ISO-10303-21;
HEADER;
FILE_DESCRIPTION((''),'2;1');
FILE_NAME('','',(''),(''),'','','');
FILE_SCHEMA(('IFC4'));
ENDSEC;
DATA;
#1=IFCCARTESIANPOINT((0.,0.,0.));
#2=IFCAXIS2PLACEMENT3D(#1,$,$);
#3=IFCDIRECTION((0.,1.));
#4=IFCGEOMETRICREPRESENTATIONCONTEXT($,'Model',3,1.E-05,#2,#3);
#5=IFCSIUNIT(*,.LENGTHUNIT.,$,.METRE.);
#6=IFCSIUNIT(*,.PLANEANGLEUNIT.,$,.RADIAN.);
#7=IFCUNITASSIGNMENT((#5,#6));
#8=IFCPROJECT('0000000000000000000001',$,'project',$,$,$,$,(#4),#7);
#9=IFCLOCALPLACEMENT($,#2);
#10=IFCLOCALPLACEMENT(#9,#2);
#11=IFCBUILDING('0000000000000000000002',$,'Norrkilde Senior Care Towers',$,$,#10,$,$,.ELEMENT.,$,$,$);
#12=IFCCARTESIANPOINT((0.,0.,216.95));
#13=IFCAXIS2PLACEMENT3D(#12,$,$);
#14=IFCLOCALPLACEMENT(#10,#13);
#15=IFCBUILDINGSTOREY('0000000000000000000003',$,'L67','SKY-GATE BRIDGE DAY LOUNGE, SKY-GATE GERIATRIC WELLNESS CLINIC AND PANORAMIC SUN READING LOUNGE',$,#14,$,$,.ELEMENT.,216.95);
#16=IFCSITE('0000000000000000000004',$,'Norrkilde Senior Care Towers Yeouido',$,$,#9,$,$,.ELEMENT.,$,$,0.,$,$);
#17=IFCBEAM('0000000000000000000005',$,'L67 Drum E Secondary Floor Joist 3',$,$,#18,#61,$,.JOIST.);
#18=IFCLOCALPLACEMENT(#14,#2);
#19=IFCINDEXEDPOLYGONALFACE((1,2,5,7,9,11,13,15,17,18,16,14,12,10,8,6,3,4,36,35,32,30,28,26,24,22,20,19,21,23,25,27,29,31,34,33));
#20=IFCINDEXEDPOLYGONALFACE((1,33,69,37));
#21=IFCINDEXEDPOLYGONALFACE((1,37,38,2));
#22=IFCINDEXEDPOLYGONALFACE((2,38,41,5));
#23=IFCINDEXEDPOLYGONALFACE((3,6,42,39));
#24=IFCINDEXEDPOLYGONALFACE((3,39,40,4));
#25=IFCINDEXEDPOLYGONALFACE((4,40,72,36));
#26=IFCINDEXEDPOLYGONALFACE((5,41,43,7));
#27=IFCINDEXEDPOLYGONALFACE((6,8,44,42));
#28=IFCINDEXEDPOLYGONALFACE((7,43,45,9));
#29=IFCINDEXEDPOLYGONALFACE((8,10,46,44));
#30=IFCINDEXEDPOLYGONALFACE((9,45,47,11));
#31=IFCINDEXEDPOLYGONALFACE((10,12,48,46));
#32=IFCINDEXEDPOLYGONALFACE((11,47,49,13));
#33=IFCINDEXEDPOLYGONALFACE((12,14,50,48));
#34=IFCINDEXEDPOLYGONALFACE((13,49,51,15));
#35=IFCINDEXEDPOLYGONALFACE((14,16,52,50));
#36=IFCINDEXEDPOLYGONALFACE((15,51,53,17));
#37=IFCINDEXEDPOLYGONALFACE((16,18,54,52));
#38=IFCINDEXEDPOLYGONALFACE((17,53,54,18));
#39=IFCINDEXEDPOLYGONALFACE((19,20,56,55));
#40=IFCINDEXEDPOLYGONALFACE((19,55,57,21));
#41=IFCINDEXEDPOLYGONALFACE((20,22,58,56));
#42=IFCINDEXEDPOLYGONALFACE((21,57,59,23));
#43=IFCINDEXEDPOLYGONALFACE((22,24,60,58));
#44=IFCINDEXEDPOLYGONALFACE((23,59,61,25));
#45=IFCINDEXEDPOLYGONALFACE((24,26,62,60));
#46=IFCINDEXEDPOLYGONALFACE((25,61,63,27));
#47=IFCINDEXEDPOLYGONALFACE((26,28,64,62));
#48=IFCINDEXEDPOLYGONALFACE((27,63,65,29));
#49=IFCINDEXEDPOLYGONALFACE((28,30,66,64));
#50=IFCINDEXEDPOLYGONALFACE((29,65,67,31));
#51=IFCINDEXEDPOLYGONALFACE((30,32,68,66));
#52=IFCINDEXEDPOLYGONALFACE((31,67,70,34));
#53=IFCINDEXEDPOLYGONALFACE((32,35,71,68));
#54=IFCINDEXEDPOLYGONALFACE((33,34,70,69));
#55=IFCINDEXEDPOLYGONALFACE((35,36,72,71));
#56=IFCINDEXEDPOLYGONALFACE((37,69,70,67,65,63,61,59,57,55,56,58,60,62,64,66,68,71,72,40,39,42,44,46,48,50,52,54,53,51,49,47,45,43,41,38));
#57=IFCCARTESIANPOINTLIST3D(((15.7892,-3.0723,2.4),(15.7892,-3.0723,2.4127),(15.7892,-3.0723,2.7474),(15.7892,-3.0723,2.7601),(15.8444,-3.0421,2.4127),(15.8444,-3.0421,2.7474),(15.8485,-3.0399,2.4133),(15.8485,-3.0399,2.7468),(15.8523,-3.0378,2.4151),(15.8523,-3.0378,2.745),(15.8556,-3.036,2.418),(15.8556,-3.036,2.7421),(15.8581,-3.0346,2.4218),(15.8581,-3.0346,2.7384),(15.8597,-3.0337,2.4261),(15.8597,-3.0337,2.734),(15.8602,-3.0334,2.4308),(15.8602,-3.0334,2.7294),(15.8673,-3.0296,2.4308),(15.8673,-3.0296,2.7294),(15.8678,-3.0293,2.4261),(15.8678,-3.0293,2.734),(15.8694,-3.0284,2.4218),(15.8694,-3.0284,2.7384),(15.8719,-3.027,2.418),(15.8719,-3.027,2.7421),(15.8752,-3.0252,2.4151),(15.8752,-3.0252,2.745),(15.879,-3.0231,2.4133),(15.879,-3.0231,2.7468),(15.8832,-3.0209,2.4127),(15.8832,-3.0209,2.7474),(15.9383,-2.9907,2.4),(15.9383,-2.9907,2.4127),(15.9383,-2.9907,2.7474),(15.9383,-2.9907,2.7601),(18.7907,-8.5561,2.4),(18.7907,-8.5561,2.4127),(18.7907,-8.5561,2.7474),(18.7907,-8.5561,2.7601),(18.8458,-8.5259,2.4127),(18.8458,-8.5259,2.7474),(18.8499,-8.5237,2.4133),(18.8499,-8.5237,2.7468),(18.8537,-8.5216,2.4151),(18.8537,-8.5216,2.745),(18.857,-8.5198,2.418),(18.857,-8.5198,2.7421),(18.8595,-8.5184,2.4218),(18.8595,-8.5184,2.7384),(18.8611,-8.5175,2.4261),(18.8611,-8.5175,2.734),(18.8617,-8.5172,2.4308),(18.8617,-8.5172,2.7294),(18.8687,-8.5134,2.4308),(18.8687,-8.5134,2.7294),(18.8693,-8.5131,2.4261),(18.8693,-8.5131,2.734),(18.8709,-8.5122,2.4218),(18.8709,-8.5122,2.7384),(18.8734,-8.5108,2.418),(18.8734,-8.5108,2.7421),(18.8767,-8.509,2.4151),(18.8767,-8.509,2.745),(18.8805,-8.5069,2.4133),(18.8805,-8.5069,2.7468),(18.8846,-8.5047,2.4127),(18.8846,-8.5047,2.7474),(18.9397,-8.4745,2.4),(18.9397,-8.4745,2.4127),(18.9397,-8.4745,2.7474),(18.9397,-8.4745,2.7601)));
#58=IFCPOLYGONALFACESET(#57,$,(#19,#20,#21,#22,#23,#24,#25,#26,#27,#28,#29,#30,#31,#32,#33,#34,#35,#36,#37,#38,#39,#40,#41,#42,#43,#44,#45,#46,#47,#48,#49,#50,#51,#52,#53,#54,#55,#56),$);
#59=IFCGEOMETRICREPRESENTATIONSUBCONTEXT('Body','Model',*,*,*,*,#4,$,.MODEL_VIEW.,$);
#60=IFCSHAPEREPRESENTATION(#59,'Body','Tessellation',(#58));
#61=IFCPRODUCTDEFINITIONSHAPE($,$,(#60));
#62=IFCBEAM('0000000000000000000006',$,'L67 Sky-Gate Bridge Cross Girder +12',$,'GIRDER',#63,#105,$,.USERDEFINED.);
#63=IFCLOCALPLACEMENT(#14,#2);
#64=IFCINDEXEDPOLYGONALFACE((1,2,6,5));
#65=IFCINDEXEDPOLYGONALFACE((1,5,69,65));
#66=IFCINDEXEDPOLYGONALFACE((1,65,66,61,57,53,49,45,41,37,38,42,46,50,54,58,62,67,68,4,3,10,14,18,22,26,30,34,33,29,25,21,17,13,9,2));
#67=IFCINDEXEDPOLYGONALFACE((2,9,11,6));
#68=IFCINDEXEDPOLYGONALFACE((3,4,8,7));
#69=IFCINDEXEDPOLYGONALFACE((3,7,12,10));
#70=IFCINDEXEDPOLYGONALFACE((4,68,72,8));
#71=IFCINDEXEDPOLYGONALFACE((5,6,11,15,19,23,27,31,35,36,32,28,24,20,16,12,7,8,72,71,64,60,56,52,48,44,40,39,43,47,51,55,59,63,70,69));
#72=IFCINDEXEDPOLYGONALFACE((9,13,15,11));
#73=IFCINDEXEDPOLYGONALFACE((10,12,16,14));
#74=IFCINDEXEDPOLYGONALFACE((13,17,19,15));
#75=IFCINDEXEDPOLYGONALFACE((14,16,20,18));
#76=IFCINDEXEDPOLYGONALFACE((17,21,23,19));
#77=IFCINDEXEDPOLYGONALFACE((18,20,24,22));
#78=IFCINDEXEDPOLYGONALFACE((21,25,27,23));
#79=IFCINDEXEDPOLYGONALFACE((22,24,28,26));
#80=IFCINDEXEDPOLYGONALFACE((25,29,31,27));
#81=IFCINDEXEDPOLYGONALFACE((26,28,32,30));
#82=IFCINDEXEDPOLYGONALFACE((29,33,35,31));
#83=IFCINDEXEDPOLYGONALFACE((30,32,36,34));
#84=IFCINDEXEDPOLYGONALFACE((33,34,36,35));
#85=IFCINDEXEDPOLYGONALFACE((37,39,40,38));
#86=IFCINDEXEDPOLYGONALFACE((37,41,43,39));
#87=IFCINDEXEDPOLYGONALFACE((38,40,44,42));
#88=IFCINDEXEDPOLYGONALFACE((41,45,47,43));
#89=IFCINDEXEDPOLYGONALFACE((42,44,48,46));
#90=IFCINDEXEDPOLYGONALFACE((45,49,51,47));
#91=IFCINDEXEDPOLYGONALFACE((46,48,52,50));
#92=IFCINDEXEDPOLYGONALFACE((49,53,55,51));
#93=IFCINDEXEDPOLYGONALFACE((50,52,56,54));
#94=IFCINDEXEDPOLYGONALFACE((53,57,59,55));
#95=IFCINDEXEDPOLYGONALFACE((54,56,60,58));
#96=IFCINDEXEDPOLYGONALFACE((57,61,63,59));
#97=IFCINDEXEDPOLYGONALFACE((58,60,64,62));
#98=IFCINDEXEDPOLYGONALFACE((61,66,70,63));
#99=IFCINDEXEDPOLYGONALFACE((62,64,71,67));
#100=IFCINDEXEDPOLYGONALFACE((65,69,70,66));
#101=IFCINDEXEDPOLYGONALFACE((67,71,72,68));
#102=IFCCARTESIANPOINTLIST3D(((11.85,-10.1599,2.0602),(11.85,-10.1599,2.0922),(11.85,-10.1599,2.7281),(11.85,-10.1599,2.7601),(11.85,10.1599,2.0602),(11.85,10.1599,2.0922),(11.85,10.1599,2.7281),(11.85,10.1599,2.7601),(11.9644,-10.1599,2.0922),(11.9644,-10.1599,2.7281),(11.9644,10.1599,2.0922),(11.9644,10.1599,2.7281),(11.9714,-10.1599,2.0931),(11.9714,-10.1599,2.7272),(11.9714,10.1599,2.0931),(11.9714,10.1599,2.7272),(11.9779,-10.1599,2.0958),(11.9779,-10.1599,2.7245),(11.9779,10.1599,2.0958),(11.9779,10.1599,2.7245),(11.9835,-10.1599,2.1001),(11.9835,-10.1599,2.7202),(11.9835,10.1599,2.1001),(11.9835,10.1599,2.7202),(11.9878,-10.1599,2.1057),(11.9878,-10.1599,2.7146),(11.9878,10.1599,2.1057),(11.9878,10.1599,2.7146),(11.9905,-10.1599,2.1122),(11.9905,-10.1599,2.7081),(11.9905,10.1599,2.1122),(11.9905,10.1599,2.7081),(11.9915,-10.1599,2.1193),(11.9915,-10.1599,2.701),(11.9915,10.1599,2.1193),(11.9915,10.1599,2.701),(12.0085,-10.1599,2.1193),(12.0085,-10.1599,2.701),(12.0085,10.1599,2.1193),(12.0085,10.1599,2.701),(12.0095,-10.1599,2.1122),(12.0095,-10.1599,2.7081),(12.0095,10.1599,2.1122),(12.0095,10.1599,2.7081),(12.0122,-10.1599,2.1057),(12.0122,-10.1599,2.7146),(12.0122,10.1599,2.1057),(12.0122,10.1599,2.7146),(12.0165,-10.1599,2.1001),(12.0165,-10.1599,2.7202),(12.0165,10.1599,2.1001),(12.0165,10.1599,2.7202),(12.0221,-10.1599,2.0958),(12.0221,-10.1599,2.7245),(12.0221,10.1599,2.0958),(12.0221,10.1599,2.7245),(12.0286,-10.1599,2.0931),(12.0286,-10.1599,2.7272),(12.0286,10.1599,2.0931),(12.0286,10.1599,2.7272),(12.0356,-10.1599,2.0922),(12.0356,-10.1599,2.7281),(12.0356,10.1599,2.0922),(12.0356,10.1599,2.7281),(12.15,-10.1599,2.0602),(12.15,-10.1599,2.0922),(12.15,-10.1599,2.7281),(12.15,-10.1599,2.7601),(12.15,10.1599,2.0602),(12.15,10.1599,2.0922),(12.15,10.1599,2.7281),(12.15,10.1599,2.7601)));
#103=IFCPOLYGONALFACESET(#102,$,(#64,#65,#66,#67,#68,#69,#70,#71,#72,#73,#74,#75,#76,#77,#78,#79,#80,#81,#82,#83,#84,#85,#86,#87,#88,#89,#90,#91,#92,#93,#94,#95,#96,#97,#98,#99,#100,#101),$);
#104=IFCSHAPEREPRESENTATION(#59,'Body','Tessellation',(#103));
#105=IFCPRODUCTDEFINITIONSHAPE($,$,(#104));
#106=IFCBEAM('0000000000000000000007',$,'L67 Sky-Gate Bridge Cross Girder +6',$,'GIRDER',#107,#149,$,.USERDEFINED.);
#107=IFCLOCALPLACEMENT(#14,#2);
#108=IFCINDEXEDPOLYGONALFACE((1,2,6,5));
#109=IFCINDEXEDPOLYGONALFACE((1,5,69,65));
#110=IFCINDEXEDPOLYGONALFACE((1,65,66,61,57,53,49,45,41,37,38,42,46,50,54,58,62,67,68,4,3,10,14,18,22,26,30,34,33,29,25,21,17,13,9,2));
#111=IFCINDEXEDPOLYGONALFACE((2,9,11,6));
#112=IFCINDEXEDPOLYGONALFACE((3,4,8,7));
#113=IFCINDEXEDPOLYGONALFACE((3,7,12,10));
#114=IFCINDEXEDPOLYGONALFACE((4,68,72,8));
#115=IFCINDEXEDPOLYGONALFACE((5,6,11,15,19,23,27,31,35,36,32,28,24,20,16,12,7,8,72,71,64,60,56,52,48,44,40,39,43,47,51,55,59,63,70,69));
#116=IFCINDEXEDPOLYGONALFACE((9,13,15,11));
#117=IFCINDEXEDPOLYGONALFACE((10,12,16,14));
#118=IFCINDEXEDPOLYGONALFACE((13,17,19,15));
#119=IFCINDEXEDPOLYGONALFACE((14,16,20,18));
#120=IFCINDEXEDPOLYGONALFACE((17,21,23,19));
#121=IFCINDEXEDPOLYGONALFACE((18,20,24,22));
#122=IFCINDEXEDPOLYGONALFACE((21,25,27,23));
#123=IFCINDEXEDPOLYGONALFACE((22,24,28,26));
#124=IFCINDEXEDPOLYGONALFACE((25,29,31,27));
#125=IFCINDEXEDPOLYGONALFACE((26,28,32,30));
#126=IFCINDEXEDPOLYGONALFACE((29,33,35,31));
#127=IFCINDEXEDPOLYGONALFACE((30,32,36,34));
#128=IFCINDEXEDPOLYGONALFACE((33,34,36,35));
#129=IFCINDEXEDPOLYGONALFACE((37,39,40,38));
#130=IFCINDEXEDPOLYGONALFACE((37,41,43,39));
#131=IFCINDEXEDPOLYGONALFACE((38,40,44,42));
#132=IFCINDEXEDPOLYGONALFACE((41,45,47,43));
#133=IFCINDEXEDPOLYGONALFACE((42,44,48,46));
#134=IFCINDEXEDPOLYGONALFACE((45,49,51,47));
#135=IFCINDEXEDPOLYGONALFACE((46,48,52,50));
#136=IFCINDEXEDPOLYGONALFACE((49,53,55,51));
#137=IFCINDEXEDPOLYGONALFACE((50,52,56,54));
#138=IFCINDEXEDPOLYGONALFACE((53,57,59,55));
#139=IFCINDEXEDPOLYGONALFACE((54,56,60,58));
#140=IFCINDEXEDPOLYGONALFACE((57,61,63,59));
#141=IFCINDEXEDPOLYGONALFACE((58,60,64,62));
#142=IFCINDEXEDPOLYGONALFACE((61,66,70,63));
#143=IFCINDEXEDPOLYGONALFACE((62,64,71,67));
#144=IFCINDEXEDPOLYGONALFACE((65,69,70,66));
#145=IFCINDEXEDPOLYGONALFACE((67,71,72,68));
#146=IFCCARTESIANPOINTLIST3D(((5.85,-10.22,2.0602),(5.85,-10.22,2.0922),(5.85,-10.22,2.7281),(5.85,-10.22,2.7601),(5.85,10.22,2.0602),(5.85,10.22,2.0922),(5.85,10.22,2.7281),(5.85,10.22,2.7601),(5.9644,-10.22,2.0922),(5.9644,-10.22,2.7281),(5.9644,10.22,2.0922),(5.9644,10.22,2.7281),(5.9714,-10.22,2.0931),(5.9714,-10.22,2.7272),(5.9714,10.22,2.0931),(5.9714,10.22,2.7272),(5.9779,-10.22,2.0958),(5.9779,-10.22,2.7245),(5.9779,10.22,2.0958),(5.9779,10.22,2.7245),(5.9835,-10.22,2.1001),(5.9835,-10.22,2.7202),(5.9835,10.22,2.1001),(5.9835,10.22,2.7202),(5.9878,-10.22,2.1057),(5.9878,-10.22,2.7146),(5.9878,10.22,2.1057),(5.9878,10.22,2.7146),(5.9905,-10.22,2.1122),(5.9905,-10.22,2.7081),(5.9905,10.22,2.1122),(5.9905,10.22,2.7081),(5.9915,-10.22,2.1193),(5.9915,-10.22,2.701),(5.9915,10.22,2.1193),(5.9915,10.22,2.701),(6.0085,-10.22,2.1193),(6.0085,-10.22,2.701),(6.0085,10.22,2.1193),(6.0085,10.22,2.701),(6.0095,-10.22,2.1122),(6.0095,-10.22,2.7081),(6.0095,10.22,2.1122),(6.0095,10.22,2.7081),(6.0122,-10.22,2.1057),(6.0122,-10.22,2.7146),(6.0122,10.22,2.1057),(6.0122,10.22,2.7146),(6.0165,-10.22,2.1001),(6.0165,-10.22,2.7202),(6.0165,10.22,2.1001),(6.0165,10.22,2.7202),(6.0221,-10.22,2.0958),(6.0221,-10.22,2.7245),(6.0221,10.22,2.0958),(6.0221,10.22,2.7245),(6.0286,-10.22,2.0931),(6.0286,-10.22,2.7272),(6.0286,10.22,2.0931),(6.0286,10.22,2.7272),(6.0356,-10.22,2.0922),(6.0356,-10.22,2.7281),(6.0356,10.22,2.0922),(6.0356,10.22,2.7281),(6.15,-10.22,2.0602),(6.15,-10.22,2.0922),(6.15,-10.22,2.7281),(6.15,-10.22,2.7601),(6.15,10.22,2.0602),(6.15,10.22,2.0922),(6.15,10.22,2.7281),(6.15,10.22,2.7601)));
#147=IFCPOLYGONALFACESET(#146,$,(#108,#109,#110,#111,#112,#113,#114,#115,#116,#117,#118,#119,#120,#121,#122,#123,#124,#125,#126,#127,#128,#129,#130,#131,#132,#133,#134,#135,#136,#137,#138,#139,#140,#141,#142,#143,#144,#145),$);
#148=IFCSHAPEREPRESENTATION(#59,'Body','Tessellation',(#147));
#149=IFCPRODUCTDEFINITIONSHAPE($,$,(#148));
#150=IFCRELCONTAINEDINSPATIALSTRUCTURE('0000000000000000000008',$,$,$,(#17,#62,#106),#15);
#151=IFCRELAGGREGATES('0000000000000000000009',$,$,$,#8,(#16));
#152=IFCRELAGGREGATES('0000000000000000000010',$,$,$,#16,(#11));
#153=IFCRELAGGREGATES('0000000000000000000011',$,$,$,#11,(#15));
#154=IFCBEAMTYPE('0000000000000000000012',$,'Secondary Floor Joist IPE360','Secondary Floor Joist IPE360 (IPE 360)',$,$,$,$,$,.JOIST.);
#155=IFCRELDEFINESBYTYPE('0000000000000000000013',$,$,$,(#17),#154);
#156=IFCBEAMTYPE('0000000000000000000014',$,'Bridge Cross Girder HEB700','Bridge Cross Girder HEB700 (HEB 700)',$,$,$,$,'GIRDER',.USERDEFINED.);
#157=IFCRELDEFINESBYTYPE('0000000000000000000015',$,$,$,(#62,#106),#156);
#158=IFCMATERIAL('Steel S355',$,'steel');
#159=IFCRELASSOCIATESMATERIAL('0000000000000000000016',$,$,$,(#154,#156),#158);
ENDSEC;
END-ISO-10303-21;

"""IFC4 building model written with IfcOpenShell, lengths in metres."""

from ifc_helpers import new_model, si_unit, direction, frame, origin, origin_2d, place, context, subcontext, project, spatial, i_section, extrude, source, transform, mapped, material, material_profile, profile_set, type_object, type_shapes, element, save


model = new_model("IFC4")

# Units and contexts
model_context = context("Model", 3, precision=1e-05, world=origin(), true_north=direction((0.0, 1.0)))
body_context = subcontext(model_context, "Body", "Model", "MODEL_VIEW")
ifc_project = project(units=[si_unit("LENGTHUNIT", "METRE"), si_unit("PLANEANGLEUNIT", "RADIAN")], contexts=[model_context])

# Site, building, storey
site_placement = place(None, origin())
site = spatial("IfcSite", under=ifc_project, at=site_placement, Name="Norrkilde Senior Care Towers Yeouido", CompositionType="ELEMENT", RefElevation=0.0)
building_placement = place(site_placement, origin())
building = spatial("IfcBuilding", under=site, at=building_placement, Name="Norrkilde Senior Care Towers", CompositionType="ELEMENT")
storey_placement = place(building_placement, frame((0.0, 0.0, 216.95)))
storey = spatial("IfcBuildingStorey", under=building, at=storey_placement, Name="L67", Description="SKY-GATE BRIDGE DAY LOUNGE, SKY-GATE GERIATRIC WELLNESS CLINIC AND PANORAMIC SUN READING LOUNGE", CompositionType="ELEMENT", Elevation=216.95)

# Shared definitions
ifc_material_1 = material(Name="Steel S355", Category="steel")

# Beams
ifc_material_profile_1 = material_profile(ifc_material_1, i_section(OverallWidth=0.1699, OverallDepth=0.3601, WebThickness=0.0081, FlangeThickness=0.0127, FilletRadius=0.0181, at=origin_2d()), Name="IPE 360")
ifc_profile_set_1 = profile_set([ifc_material_profile_1], Name="Steel S355")
beam_type_1 = type_object("IfcBeamType", Name="Secondary Floor Joist IPE360", Description="Secondary Floor Joist IPE360 (IPE 360)", PredefinedType="JOIST", material=ifc_profile_set_1)
shared_shape_1 = source(origin(), body_context, "Body", "SweptSolid", [
    extrude(i_section(OverallWidth=0.1699, OverallDepth=0.3601, WebThickness=0.0081, FlangeThickness=0.0127, FilletRadius=0.0181, at=origin_2d()), origin(), (0.0, 0.0, 1.0), 6.2515),
])
type_shapes(beam_type_1, [shared_shape_1])
beam_1_placement = place(storey_placement, frame((15.8638, -3.0315, 2.5801), z_axis=(0.480116, -0.877205, 0.0), x_axis=(0.877205, 0.480116, 0.0)))
element("IfcBeam", 1, at=beam_1_placement, inside=storey, type_object=beam_type_1, Name="L67 Drum E Secondary Floor Joist 3", PredefinedType="JOIST", context=body_context, shape_type="MappedRepresentation", body=[
    mapped(shared_shape_1, transform((0.0, 0.0, 0.0), x_axis=(1.0, 0.0, 0.0), y_axis=(0.0, 1.0, 0.0), z_axis=(0.0, 0.0, 1.0), scale=1.0)),
])
ifc_material_profile_2 = material_profile(ifc_material_1, i_section(OverallWidth=0.3, OverallDepth=0.7, WebThickness=0.0171, FlangeThickness=0.032, FilletRadius=0.0271, at=origin_2d()), Name="HEB 700")
ifc_profile_set_2 = profile_set([ifc_material_profile_2], Name="Steel S355")
beam_type_2 = type_object("IfcBeamType", Name="Bridge Cross Girder HEB700", Description="Bridge Cross Girder HEB700 (HEB 700)", ElementType="GIRDER", PredefinedType="USERDEFINED", material=ifc_profile_set_2)
shared_shape_2 = source(origin(), body_context, "Body", "SweptSolid", [
    extrude(i_section(OverallWidth=0.3, OverallDepth=0.7, WebThickness=0.0171, FlangeThickness=0.032, FilletRadius=0.0271, at=origin_2d()), origin(), (0.0, 0.0, 1.0), 20.3198),
])
beam_2_placement = place(storey_placement, frame((12.0, -10.1599, 2.4102), z_axis=(0.0, 1.0, 0.0), x_axis=(-1.0, 0.0, 0.0)))
element("IfcBeam", 2, at=beam_2_placement, inside=storey, type_object=beam_type_2, Name="L67 Sky-Gate Bridge Cross Girder +12", ObjectType="GIRDER", PredefinedType="USERDEFINED", context=body_context, shape_type="MappedRepresentation", body=[
    mapped(shared_shape_2, transform((0.0, 0.0, 0.0), x_axis=(1.0, 0.0, 0.0), y_axis=(0.0, 1.0, 0.0), z_axis=(0.0, 0.0, 1.0), scale=1.0)),
])
shared_shape_3 = source(origin(), body_context, "Body", "SweptSolid", [
    extrude(i_section(OverallWidth=0.3, OverallDepth=0.7, WebThickness=0.0171, FlangeThickness=0.032, FilletRadius=0.0271, at=origin_2d()), origin(), (0.0, 0.0, 1.0), 20.4399),
])
type_shapes(beam_type_2, [shared_shape_2, shared_shape_3])
beam_3_placement = place(storey_placement, frame((6.0, -10.22, 2.4102), z_axis=(0.0, 1.0, 0.0), x_axis=(-1.0, 0.0, 0.0)))
element("IfcBeam", 3, at=beam_3_placement, inside=storey, type_object=beam_type_2, Name="L67 Sky-Gate Bridge Cross Girder +6", ObjectType="GIRDER", PredefinedType="USERDEFINED", context=body_context, shape_type="MappedRepresentation", body=[
    mapped(shared_shape_3, transform((0.0, 0.0, 0.0), x_axis=(1.0, 0.0, 0.0), y_axis=(0.0, 1.0, 0.0), z_axis=(0.0, 0.0, 1.0), scale=1.0)),
])

save(model, "model.ifc")
